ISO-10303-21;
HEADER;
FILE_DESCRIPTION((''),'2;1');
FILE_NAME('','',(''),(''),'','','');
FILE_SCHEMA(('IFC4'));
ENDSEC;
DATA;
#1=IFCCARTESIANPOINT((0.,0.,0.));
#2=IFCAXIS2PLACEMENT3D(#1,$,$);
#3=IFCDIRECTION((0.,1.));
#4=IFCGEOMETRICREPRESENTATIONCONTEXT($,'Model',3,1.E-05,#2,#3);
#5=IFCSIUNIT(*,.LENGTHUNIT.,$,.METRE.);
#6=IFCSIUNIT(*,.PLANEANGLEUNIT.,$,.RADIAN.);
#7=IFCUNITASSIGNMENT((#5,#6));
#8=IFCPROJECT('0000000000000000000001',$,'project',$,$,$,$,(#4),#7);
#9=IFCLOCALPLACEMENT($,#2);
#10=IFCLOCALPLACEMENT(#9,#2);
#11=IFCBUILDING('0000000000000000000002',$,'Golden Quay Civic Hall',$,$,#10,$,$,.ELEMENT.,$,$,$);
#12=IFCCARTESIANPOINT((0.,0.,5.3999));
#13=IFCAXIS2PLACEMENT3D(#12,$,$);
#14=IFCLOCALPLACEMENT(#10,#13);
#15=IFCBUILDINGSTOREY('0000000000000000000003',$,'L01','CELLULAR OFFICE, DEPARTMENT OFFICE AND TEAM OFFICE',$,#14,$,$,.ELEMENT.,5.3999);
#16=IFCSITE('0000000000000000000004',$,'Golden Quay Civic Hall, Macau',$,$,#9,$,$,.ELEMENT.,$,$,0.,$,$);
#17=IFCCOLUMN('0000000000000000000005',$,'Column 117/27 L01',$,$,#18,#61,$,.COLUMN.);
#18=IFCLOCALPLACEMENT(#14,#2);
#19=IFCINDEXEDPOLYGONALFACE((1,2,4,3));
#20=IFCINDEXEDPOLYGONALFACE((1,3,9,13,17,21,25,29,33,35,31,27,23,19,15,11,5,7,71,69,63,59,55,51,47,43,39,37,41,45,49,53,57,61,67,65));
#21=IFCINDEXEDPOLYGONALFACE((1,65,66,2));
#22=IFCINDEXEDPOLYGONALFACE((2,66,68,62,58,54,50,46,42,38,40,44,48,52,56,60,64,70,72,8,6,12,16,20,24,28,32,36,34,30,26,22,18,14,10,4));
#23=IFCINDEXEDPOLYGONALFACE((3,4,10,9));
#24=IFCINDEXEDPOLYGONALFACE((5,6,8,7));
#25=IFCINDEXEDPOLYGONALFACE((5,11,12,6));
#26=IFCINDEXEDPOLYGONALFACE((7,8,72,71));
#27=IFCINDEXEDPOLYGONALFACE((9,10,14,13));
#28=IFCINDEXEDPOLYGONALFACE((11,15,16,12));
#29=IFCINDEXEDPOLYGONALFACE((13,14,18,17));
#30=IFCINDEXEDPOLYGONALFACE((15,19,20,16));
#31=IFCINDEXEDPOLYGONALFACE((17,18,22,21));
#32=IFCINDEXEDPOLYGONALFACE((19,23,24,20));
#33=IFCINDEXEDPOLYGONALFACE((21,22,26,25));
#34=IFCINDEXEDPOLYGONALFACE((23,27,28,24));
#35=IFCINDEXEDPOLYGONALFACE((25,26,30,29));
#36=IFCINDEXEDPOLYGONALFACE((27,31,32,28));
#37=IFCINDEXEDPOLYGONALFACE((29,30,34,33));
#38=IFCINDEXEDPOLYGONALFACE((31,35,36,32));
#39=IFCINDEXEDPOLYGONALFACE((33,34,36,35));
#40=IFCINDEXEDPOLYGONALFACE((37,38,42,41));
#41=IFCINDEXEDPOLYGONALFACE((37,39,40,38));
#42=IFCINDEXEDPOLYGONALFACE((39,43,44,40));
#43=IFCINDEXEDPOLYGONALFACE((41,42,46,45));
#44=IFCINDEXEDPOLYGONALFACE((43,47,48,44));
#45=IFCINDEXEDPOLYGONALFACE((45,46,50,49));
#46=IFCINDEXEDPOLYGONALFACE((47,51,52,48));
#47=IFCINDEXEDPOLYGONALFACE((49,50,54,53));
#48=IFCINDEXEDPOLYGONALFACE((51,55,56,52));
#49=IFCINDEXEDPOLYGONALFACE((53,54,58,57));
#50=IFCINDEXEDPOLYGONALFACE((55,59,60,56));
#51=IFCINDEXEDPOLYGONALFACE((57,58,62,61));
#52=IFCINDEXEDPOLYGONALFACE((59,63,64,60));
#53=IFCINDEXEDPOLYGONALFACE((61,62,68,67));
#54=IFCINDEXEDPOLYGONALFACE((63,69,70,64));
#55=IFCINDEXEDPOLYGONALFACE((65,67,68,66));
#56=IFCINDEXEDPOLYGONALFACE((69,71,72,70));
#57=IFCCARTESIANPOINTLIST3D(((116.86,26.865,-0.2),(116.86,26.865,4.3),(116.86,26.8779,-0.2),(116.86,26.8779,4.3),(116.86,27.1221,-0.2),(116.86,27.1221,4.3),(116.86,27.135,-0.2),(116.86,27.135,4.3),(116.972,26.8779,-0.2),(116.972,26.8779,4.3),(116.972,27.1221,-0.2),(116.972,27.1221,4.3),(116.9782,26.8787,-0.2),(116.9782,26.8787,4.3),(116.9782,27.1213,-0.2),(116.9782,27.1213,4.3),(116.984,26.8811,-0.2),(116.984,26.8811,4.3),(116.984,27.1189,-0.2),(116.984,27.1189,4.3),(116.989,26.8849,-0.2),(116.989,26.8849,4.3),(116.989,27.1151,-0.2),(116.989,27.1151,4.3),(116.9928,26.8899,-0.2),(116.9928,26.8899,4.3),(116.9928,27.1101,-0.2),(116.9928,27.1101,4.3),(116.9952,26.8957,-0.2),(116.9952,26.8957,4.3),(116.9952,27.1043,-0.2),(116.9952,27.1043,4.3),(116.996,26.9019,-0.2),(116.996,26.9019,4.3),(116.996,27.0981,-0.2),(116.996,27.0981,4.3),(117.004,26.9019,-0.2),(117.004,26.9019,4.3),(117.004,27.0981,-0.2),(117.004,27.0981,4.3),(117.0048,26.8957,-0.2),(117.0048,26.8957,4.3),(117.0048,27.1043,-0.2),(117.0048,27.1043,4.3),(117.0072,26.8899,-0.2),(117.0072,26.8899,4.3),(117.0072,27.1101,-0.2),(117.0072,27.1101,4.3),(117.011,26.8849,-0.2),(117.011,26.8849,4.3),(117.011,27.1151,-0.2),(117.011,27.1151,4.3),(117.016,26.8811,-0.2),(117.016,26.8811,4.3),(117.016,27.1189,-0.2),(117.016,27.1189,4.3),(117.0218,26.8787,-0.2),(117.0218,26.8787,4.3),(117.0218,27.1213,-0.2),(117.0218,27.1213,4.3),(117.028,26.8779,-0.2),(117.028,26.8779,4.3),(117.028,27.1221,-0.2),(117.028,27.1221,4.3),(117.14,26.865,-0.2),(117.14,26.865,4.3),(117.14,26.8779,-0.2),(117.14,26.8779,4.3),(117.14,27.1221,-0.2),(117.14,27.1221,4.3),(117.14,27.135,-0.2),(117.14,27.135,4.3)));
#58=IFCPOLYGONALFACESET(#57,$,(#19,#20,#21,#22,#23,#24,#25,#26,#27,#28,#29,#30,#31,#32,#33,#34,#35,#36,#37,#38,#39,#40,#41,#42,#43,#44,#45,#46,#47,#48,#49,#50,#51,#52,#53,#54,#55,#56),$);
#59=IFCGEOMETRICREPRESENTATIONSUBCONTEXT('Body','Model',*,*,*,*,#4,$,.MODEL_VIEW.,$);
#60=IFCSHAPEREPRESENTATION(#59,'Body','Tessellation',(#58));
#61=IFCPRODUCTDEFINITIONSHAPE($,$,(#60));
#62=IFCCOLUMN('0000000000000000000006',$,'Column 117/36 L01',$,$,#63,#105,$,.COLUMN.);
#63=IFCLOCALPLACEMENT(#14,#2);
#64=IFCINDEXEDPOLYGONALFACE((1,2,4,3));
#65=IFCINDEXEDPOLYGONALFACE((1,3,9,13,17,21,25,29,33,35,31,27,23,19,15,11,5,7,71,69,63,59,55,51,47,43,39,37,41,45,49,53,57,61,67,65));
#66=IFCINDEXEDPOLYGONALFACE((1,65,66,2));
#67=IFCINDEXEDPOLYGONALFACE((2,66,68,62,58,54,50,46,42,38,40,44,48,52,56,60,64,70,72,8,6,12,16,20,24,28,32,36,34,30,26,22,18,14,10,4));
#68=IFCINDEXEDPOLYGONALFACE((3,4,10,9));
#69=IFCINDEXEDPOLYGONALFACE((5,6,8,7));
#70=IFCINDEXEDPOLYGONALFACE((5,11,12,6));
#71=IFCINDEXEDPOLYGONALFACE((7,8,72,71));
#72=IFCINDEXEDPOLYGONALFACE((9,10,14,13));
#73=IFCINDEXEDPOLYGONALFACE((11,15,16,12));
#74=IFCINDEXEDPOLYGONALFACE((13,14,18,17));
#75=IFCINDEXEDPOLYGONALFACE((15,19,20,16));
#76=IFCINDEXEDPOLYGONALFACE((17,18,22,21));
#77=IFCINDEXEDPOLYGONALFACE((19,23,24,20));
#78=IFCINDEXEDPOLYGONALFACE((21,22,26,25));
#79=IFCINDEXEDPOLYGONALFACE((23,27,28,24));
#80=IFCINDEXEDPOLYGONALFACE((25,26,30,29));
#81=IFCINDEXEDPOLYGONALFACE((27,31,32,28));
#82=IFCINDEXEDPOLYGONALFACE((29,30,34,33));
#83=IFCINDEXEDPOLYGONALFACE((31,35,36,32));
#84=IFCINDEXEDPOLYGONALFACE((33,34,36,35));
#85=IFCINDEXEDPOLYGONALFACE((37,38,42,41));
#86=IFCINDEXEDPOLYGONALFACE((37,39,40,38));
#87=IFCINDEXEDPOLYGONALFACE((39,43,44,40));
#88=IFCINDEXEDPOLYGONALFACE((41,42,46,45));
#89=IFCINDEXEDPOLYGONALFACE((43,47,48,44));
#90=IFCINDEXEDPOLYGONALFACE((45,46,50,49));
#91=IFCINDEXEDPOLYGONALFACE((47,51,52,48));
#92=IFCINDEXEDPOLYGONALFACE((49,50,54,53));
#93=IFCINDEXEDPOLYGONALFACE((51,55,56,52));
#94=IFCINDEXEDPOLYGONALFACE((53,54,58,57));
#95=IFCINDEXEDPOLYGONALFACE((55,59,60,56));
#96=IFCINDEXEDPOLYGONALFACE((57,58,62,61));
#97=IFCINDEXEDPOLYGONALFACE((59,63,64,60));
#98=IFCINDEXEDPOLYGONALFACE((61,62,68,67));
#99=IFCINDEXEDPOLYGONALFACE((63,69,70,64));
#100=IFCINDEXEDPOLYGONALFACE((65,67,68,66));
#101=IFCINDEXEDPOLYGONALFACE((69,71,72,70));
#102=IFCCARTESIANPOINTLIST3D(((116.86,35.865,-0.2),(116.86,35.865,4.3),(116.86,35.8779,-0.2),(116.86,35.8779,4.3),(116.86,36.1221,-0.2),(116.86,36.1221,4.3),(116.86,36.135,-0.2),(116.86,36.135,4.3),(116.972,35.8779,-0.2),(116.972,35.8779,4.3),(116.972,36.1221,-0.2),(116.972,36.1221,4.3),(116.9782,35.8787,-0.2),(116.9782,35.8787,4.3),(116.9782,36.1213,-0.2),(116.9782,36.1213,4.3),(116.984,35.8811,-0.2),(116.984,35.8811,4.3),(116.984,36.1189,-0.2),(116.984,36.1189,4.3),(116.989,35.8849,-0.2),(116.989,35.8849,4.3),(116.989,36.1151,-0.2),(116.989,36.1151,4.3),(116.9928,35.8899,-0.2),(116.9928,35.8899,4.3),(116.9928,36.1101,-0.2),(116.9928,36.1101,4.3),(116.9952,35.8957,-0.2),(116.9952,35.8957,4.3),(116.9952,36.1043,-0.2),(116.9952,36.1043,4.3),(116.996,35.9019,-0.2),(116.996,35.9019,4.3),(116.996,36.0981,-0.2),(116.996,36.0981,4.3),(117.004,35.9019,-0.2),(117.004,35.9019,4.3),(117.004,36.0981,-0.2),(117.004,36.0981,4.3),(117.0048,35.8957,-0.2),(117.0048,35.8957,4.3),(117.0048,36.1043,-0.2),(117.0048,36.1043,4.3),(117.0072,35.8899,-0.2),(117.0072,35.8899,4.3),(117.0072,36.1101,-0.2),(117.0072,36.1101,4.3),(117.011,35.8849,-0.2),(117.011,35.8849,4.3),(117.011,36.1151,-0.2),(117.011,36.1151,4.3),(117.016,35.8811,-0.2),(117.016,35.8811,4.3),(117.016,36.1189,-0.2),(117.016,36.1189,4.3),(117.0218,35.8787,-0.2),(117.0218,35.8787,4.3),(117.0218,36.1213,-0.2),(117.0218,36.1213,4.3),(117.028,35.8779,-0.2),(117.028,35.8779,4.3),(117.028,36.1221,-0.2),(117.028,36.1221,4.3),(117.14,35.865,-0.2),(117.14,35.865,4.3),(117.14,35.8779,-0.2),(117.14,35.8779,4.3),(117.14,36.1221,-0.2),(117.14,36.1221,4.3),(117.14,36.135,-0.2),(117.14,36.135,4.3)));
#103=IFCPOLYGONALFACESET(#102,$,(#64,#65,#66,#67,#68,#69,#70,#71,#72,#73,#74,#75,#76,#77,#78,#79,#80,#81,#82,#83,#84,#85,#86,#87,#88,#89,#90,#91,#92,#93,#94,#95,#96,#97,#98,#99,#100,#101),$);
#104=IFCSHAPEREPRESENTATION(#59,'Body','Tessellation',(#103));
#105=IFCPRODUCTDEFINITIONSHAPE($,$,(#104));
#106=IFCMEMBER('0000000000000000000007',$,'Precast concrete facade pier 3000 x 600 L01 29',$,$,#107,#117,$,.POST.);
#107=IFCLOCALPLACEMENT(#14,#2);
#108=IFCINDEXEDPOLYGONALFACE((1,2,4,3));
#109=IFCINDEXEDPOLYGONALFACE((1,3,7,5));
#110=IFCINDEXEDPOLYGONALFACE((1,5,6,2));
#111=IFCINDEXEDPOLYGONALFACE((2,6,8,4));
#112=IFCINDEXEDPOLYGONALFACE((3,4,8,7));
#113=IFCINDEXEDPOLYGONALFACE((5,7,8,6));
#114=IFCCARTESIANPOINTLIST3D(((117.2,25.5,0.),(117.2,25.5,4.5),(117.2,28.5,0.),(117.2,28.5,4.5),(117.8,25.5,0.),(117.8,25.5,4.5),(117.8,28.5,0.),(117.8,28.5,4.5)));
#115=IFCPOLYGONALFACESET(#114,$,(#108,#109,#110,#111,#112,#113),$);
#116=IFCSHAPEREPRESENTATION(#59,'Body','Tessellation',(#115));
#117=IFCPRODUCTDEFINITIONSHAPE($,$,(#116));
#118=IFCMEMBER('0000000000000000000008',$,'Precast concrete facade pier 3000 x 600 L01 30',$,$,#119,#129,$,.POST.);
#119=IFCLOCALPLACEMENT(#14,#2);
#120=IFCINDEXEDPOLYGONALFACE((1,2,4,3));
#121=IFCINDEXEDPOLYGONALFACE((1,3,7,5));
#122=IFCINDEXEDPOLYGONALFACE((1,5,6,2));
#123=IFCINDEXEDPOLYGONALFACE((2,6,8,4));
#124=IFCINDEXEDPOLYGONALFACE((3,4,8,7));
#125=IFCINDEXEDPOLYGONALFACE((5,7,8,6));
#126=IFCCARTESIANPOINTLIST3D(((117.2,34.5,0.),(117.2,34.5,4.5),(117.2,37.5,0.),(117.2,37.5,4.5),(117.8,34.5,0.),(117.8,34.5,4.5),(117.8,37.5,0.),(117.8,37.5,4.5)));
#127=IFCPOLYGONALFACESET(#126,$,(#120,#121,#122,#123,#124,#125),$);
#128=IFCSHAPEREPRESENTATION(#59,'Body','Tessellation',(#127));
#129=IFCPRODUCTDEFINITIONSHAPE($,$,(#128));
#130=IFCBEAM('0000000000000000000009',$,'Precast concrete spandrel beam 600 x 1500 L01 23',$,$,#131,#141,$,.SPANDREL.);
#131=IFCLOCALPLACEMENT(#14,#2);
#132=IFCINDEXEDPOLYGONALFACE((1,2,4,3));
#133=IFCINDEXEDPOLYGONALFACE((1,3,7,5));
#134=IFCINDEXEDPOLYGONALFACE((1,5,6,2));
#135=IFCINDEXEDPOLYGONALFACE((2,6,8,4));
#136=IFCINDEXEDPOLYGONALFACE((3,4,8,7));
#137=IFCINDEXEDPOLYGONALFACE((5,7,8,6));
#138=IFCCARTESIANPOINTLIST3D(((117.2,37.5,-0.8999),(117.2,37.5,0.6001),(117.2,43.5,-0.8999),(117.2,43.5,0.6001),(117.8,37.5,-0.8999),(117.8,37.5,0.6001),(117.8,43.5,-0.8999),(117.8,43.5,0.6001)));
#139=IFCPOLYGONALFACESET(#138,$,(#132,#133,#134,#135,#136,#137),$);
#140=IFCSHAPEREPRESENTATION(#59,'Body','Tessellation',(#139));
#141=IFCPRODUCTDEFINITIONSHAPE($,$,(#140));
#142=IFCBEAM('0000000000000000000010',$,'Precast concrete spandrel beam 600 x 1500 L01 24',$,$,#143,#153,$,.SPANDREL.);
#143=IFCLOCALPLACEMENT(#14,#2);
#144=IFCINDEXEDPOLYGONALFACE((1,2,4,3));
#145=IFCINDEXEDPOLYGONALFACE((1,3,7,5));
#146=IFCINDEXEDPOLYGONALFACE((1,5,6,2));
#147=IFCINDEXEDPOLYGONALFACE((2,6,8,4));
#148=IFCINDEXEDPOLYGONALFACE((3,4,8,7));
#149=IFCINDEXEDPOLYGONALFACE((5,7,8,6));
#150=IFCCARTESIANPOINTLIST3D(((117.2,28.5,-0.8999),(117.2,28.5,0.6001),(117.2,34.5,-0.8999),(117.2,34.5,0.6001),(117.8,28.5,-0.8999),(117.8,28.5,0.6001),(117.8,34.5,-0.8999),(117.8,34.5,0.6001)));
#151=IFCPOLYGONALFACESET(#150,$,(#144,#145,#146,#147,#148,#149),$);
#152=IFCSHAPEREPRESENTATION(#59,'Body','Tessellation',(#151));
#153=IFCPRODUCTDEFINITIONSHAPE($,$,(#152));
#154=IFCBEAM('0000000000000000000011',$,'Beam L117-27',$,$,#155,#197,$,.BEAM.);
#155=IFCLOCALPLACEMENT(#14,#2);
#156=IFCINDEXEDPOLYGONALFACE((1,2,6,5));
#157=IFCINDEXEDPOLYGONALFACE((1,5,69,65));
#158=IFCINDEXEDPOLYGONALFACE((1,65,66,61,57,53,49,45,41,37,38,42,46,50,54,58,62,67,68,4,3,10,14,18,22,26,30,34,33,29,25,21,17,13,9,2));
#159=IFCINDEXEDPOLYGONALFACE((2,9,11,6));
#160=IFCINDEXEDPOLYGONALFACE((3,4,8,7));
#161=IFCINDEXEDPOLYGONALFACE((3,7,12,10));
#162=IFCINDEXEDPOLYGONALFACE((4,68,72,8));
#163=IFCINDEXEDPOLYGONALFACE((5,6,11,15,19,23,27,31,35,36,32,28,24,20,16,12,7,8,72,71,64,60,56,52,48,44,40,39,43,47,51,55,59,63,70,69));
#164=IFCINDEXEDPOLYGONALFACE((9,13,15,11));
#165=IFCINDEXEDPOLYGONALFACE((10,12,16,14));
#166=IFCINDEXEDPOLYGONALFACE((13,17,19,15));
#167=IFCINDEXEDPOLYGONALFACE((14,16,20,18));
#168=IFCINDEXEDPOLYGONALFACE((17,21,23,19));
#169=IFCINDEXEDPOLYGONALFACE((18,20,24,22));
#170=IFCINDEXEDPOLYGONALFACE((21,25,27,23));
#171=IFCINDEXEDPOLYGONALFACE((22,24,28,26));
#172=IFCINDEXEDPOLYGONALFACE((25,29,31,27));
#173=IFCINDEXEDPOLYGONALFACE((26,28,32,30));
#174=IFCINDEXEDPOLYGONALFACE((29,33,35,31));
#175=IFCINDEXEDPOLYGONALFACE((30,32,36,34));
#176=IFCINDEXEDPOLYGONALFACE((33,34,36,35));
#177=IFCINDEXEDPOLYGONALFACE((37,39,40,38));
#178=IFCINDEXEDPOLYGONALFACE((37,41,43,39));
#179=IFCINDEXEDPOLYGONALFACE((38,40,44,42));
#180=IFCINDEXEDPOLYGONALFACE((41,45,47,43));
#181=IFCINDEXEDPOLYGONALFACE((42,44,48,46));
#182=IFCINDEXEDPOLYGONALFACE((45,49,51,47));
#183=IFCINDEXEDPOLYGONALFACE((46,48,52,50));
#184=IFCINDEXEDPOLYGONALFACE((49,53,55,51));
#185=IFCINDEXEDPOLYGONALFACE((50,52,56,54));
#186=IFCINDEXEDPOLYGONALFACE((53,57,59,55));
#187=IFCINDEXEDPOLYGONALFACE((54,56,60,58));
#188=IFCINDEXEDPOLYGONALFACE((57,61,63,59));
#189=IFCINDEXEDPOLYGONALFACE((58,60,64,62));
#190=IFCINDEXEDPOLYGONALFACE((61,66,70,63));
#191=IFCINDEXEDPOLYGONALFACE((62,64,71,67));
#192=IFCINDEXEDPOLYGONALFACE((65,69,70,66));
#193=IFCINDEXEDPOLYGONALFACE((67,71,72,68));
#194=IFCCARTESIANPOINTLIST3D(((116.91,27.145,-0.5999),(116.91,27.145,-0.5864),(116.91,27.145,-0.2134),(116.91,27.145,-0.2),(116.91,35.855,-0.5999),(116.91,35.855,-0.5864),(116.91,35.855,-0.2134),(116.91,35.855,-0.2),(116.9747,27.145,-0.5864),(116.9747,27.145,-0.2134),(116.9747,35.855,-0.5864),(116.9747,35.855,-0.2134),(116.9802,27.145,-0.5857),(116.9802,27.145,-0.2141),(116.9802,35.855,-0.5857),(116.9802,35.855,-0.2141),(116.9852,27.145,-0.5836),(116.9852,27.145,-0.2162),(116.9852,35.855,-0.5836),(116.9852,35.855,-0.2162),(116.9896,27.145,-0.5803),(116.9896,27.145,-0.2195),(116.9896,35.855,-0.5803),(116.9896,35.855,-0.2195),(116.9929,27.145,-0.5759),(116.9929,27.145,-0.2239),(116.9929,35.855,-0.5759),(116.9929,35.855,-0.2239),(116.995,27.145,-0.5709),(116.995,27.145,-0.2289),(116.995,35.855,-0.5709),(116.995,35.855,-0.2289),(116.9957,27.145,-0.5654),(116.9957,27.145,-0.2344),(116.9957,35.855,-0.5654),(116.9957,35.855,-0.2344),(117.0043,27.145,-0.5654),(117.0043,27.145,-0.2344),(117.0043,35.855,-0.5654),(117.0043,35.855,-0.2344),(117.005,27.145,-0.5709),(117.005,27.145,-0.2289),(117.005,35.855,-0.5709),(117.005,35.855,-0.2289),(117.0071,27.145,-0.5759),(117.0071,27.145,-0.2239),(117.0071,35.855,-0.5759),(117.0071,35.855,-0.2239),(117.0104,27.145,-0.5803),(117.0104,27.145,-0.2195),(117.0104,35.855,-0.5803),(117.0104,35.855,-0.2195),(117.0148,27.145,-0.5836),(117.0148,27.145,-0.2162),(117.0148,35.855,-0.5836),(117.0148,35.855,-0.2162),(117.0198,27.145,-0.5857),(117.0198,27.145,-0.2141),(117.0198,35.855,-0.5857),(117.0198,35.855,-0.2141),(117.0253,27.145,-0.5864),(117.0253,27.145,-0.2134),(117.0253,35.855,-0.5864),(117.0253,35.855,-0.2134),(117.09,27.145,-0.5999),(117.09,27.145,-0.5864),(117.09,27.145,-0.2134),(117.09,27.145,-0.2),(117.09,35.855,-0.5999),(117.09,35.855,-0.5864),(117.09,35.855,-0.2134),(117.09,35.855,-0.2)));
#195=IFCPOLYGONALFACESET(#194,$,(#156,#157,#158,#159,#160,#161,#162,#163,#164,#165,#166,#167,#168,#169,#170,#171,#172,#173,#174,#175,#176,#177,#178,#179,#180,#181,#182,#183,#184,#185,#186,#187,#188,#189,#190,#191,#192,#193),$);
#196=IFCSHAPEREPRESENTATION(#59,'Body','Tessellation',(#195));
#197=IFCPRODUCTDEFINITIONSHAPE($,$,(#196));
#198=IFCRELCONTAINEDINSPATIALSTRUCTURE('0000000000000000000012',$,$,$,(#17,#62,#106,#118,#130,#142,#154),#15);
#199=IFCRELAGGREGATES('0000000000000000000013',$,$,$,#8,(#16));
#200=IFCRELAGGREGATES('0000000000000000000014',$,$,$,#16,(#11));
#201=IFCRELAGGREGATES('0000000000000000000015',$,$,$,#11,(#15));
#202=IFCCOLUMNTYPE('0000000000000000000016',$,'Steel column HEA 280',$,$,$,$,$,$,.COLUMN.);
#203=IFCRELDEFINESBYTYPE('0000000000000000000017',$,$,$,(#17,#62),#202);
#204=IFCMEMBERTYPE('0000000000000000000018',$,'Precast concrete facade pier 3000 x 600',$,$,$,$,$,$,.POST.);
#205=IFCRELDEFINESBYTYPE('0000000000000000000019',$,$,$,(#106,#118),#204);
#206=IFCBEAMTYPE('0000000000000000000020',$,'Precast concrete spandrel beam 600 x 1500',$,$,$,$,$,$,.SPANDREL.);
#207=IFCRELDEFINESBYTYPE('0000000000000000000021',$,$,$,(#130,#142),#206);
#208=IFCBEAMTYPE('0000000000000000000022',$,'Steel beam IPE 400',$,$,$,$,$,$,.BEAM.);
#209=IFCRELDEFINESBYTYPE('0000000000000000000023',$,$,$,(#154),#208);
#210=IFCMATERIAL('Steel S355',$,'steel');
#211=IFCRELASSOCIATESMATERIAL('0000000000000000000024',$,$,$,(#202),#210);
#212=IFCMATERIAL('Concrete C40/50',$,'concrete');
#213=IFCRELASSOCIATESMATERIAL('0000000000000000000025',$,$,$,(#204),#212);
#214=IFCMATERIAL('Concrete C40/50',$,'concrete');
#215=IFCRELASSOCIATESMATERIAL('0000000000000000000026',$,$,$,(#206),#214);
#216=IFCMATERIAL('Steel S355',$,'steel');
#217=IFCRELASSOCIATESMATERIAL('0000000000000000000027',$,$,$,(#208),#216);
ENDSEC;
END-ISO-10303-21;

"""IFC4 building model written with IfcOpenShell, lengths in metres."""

from ifc_helpers import new_model, si_unit, direction, frame, origin, origin_2d, place, context, subcontext, project, spatial, rectangle, i_section, extrude, material, material_profile, profile_set, type_object, element, save


model = new_model("IFC4")

# Units and contexts
model_context = context("Model", 3, precision=1e-05, world=origin(), true_north=direction((0.0, 1.0)))
body_context = subcontext(model_context, "Body", "Model", "MODEL_VIEW")
ifc_project = project(units=[si_unit("LENGTHUNIT", "METRE"), si_unit("PLANEANGLEUNIT", "RADIAN")], contexts=[model_context])

# Site, building, storey
site_placement = place(None, origin())
site = spatial("IfcSite", under=ifc_project, at=site_placement, Name="Golden Quay Civic Hall, Macau", CompositionType="ELEMENT", RefElevation=0.0)
building_placement = place(site_placement, origin())
building = spatial("IfcBuilding", under=site, at=building_placement, Name="Golden Quay Civic Hall", CompositionType="ELEMENT")
storey_placement = place(building_placement, frame((0.0, 0.0, 5.3999)))
storey = spatial("IfcBuildingStorey", under=building, at=storey_placement, Name="L01", Description="CELLULAR OFFICE, DEPARTMENT OFFICE AND TEAM OFFICE", CompositionType="ELEMENT", Elevation=5.3999)

# Columns
ifc_material_1 = material(Name="Steel S355", Category="steel")
ifc_material_profile_1 = material_profile(ifc_material_1, i_section(OverallWidth=0.28, OverallDepth=0.27, WebThickness=0.0081, FlangeThickness=0.0129, FilletRadius=0.0239, at=origin_2d()), Name="HEA 280")
ifc_profile_set_1 = profile_set([ifc_material_profile_1], Name="Steel S355")
column_type = type_object("IfcColumnType", Name="Steel column HEA 280", PredefinedType="COLUMN", material=ifc_profile_set_1)
for number, where, z_axis, x_axis, name in (
    (1, (117.0, 27.0, -0.2), (0.0, 0.0, 1.0), (1.0, 0.0, 0.0), "Column 117/27 L01"),
    (2, (117.0, 36.0, -0.2), (0.0, 0.0, 1.0), (1.0, 0.0, 0.0), "Column 117/36 L01"),
):
    element("IfcColumn", number, at=place(storey_placement, frame(where, z_axis=z_axis, x_axis=x_axis)), inside=storey, type_object=column_type, Name=name, PredefinedType="COLUMN", context=body_context, shape_type="SweptSolid", body=[
        extrude(i_section(OverallWidth=0.28, OverallDepth=0.27, WebThickness=0.0081, FlangeThickness=0.0129, FilletRadius=0.0239, at=origin_2d()), origin(), (0.0, 0.0, 1.0), 4.5),
    ])

# Members
ifc_material_2 = material(Name="Concrete C40/50", Category="concrete")
ifc_material_profile_2 = material_profile(ifc_material_2, rectangle(XDim=3.0, YDim=0.6001, at=origin_2d()), Name="RC 3000x600")
ifc_profile_set_2 = profile_set([ifc_material_profile_2], Name="Concrete C40/50")
member_type = type_object("IfcMemberType", Name="Precast concrete facade pier 3000 x 600", PredefinedType="POST", material=ifc_profile_set_2)
for number, where, z_axis, x_axis, name in (
    (3, (117.5, 27.0, 0.0), (0.0, 0.0, 1.0), (0.0, 1.0, 0.0), "Precast concrete facade pier 3000 x 600 L01 29"),
    (4, (117.5, 36.0, 0.0), (0.0, 0.0, 1.0), (0.0, 1.0, 0.0), "Precast concrete facade pier 3000 x 600 L01 30"),
):
    element("IfcMember", number, at=place(storey_placement, frame(where, z_axis=z_axis, x_axis=x_axis)), inside=storey, type_object=member_type, Name=name, PredefinedType="POST", context=body_context, shape_type="SweptSolid", body=[
        extrude(rectangle(XDim=3.0, YDim=0.6001, at=origin_2d()), origin(), (0.0, 0.0, 1.0), 4.5),
    ])

# Beams
ifc_material_3 = material(Name="Concrete C40/50", Category="concrete")
ifc_material_profile_3 = material_profile(ifc_material_3, rectangle(XDim=0.6001, YDim=1.5, at=origin_2d()), Name="RC 600x1500")
ifc_profile_set_3 = profile_set([ifc_material_profile_3], Name="Concrete C40/50")
beam_type_1 = type_object("IfcBeamType", Name="Precast concrete spandrel beam 600 x 1500", PredefinedType="SPANDREL", material=ifc_profile_set_3)
for number, where, z_axis, x_axis, name in (
    (5, (117.5, 37.5, -0.1499), (0.0, 1.0, 0.0), (-1.0, 0.0, 0.0), "Precast concrete spandrel beam 600 x 1500 L01 23"),
    (6, (117.5, 28.5, -0.1499), (0.0, 1.0, 0.0), (-1.0, 0.0, 0.0), "Precast concrete spandrel beam 600 x 1500 L01 24"),
):
    element("IfcBeam", number, at=place(storey_placement, frame(where, z_axis=z_axis, x_axis=x_axis)), inside=storey, type_object=beam_type_1, Name=name, PredefinedType="SPANDREL", context=body_context, shape_type="SweptSolid", body=[
        extrude(rectangle(XDim=0.6001, YDim=1.5, at=origin_2d()), origin(), (0.0, 0.0, 1.0), 6.0),
    ])
ifc_material_4 = material(Name="Steel S355", Category="steel")
ifc_material_profile_4 = material_profile(ifc_material_4, i_section(OverallWidth=0.1799, OverallDepth=0.3999, WebThickness=0.0085, FlangeThickness=0.0134, FilletRadius=0.021, at=origin_2d()), Name="IPE 400")
ifc_profile_set_4 = profile_set([ifc_material_profile_4], Name="Steel S355")
beam_type_2 = type_object("IfcBeamType", Name="Steel beam IPE 400", PredefinedType="BEAM", material=ifc_profile_set_4)
for number, where, z_axis, x_axis, name in (
    (7, (117.0, 27.145, -0.3999), (0.0, 1.0, 0.0), (-1.0, 0.0, 0.0), "Beam L117-27"),
):
    element("IfcBeam", number, at=place(storey_placement, frame(where, z_axis=z_axis, x_axis=x_axis)), inside=storey, type_object=beam_type_2, Name=name, PredefinedType="BEAM", context=body_context, shape_type="SweptSolid", body=[
        extrude(i_section(OverallWidth=0.1799, OverallDepth=0.3999, WebThickness=0.0085, FlangeThickness=0.0134, FilletRadius=0.021, at=origin_2d()), origin(), (0.0, 0.0, 1.0), 8.71),
    ])

save(model, "model.ifc")
